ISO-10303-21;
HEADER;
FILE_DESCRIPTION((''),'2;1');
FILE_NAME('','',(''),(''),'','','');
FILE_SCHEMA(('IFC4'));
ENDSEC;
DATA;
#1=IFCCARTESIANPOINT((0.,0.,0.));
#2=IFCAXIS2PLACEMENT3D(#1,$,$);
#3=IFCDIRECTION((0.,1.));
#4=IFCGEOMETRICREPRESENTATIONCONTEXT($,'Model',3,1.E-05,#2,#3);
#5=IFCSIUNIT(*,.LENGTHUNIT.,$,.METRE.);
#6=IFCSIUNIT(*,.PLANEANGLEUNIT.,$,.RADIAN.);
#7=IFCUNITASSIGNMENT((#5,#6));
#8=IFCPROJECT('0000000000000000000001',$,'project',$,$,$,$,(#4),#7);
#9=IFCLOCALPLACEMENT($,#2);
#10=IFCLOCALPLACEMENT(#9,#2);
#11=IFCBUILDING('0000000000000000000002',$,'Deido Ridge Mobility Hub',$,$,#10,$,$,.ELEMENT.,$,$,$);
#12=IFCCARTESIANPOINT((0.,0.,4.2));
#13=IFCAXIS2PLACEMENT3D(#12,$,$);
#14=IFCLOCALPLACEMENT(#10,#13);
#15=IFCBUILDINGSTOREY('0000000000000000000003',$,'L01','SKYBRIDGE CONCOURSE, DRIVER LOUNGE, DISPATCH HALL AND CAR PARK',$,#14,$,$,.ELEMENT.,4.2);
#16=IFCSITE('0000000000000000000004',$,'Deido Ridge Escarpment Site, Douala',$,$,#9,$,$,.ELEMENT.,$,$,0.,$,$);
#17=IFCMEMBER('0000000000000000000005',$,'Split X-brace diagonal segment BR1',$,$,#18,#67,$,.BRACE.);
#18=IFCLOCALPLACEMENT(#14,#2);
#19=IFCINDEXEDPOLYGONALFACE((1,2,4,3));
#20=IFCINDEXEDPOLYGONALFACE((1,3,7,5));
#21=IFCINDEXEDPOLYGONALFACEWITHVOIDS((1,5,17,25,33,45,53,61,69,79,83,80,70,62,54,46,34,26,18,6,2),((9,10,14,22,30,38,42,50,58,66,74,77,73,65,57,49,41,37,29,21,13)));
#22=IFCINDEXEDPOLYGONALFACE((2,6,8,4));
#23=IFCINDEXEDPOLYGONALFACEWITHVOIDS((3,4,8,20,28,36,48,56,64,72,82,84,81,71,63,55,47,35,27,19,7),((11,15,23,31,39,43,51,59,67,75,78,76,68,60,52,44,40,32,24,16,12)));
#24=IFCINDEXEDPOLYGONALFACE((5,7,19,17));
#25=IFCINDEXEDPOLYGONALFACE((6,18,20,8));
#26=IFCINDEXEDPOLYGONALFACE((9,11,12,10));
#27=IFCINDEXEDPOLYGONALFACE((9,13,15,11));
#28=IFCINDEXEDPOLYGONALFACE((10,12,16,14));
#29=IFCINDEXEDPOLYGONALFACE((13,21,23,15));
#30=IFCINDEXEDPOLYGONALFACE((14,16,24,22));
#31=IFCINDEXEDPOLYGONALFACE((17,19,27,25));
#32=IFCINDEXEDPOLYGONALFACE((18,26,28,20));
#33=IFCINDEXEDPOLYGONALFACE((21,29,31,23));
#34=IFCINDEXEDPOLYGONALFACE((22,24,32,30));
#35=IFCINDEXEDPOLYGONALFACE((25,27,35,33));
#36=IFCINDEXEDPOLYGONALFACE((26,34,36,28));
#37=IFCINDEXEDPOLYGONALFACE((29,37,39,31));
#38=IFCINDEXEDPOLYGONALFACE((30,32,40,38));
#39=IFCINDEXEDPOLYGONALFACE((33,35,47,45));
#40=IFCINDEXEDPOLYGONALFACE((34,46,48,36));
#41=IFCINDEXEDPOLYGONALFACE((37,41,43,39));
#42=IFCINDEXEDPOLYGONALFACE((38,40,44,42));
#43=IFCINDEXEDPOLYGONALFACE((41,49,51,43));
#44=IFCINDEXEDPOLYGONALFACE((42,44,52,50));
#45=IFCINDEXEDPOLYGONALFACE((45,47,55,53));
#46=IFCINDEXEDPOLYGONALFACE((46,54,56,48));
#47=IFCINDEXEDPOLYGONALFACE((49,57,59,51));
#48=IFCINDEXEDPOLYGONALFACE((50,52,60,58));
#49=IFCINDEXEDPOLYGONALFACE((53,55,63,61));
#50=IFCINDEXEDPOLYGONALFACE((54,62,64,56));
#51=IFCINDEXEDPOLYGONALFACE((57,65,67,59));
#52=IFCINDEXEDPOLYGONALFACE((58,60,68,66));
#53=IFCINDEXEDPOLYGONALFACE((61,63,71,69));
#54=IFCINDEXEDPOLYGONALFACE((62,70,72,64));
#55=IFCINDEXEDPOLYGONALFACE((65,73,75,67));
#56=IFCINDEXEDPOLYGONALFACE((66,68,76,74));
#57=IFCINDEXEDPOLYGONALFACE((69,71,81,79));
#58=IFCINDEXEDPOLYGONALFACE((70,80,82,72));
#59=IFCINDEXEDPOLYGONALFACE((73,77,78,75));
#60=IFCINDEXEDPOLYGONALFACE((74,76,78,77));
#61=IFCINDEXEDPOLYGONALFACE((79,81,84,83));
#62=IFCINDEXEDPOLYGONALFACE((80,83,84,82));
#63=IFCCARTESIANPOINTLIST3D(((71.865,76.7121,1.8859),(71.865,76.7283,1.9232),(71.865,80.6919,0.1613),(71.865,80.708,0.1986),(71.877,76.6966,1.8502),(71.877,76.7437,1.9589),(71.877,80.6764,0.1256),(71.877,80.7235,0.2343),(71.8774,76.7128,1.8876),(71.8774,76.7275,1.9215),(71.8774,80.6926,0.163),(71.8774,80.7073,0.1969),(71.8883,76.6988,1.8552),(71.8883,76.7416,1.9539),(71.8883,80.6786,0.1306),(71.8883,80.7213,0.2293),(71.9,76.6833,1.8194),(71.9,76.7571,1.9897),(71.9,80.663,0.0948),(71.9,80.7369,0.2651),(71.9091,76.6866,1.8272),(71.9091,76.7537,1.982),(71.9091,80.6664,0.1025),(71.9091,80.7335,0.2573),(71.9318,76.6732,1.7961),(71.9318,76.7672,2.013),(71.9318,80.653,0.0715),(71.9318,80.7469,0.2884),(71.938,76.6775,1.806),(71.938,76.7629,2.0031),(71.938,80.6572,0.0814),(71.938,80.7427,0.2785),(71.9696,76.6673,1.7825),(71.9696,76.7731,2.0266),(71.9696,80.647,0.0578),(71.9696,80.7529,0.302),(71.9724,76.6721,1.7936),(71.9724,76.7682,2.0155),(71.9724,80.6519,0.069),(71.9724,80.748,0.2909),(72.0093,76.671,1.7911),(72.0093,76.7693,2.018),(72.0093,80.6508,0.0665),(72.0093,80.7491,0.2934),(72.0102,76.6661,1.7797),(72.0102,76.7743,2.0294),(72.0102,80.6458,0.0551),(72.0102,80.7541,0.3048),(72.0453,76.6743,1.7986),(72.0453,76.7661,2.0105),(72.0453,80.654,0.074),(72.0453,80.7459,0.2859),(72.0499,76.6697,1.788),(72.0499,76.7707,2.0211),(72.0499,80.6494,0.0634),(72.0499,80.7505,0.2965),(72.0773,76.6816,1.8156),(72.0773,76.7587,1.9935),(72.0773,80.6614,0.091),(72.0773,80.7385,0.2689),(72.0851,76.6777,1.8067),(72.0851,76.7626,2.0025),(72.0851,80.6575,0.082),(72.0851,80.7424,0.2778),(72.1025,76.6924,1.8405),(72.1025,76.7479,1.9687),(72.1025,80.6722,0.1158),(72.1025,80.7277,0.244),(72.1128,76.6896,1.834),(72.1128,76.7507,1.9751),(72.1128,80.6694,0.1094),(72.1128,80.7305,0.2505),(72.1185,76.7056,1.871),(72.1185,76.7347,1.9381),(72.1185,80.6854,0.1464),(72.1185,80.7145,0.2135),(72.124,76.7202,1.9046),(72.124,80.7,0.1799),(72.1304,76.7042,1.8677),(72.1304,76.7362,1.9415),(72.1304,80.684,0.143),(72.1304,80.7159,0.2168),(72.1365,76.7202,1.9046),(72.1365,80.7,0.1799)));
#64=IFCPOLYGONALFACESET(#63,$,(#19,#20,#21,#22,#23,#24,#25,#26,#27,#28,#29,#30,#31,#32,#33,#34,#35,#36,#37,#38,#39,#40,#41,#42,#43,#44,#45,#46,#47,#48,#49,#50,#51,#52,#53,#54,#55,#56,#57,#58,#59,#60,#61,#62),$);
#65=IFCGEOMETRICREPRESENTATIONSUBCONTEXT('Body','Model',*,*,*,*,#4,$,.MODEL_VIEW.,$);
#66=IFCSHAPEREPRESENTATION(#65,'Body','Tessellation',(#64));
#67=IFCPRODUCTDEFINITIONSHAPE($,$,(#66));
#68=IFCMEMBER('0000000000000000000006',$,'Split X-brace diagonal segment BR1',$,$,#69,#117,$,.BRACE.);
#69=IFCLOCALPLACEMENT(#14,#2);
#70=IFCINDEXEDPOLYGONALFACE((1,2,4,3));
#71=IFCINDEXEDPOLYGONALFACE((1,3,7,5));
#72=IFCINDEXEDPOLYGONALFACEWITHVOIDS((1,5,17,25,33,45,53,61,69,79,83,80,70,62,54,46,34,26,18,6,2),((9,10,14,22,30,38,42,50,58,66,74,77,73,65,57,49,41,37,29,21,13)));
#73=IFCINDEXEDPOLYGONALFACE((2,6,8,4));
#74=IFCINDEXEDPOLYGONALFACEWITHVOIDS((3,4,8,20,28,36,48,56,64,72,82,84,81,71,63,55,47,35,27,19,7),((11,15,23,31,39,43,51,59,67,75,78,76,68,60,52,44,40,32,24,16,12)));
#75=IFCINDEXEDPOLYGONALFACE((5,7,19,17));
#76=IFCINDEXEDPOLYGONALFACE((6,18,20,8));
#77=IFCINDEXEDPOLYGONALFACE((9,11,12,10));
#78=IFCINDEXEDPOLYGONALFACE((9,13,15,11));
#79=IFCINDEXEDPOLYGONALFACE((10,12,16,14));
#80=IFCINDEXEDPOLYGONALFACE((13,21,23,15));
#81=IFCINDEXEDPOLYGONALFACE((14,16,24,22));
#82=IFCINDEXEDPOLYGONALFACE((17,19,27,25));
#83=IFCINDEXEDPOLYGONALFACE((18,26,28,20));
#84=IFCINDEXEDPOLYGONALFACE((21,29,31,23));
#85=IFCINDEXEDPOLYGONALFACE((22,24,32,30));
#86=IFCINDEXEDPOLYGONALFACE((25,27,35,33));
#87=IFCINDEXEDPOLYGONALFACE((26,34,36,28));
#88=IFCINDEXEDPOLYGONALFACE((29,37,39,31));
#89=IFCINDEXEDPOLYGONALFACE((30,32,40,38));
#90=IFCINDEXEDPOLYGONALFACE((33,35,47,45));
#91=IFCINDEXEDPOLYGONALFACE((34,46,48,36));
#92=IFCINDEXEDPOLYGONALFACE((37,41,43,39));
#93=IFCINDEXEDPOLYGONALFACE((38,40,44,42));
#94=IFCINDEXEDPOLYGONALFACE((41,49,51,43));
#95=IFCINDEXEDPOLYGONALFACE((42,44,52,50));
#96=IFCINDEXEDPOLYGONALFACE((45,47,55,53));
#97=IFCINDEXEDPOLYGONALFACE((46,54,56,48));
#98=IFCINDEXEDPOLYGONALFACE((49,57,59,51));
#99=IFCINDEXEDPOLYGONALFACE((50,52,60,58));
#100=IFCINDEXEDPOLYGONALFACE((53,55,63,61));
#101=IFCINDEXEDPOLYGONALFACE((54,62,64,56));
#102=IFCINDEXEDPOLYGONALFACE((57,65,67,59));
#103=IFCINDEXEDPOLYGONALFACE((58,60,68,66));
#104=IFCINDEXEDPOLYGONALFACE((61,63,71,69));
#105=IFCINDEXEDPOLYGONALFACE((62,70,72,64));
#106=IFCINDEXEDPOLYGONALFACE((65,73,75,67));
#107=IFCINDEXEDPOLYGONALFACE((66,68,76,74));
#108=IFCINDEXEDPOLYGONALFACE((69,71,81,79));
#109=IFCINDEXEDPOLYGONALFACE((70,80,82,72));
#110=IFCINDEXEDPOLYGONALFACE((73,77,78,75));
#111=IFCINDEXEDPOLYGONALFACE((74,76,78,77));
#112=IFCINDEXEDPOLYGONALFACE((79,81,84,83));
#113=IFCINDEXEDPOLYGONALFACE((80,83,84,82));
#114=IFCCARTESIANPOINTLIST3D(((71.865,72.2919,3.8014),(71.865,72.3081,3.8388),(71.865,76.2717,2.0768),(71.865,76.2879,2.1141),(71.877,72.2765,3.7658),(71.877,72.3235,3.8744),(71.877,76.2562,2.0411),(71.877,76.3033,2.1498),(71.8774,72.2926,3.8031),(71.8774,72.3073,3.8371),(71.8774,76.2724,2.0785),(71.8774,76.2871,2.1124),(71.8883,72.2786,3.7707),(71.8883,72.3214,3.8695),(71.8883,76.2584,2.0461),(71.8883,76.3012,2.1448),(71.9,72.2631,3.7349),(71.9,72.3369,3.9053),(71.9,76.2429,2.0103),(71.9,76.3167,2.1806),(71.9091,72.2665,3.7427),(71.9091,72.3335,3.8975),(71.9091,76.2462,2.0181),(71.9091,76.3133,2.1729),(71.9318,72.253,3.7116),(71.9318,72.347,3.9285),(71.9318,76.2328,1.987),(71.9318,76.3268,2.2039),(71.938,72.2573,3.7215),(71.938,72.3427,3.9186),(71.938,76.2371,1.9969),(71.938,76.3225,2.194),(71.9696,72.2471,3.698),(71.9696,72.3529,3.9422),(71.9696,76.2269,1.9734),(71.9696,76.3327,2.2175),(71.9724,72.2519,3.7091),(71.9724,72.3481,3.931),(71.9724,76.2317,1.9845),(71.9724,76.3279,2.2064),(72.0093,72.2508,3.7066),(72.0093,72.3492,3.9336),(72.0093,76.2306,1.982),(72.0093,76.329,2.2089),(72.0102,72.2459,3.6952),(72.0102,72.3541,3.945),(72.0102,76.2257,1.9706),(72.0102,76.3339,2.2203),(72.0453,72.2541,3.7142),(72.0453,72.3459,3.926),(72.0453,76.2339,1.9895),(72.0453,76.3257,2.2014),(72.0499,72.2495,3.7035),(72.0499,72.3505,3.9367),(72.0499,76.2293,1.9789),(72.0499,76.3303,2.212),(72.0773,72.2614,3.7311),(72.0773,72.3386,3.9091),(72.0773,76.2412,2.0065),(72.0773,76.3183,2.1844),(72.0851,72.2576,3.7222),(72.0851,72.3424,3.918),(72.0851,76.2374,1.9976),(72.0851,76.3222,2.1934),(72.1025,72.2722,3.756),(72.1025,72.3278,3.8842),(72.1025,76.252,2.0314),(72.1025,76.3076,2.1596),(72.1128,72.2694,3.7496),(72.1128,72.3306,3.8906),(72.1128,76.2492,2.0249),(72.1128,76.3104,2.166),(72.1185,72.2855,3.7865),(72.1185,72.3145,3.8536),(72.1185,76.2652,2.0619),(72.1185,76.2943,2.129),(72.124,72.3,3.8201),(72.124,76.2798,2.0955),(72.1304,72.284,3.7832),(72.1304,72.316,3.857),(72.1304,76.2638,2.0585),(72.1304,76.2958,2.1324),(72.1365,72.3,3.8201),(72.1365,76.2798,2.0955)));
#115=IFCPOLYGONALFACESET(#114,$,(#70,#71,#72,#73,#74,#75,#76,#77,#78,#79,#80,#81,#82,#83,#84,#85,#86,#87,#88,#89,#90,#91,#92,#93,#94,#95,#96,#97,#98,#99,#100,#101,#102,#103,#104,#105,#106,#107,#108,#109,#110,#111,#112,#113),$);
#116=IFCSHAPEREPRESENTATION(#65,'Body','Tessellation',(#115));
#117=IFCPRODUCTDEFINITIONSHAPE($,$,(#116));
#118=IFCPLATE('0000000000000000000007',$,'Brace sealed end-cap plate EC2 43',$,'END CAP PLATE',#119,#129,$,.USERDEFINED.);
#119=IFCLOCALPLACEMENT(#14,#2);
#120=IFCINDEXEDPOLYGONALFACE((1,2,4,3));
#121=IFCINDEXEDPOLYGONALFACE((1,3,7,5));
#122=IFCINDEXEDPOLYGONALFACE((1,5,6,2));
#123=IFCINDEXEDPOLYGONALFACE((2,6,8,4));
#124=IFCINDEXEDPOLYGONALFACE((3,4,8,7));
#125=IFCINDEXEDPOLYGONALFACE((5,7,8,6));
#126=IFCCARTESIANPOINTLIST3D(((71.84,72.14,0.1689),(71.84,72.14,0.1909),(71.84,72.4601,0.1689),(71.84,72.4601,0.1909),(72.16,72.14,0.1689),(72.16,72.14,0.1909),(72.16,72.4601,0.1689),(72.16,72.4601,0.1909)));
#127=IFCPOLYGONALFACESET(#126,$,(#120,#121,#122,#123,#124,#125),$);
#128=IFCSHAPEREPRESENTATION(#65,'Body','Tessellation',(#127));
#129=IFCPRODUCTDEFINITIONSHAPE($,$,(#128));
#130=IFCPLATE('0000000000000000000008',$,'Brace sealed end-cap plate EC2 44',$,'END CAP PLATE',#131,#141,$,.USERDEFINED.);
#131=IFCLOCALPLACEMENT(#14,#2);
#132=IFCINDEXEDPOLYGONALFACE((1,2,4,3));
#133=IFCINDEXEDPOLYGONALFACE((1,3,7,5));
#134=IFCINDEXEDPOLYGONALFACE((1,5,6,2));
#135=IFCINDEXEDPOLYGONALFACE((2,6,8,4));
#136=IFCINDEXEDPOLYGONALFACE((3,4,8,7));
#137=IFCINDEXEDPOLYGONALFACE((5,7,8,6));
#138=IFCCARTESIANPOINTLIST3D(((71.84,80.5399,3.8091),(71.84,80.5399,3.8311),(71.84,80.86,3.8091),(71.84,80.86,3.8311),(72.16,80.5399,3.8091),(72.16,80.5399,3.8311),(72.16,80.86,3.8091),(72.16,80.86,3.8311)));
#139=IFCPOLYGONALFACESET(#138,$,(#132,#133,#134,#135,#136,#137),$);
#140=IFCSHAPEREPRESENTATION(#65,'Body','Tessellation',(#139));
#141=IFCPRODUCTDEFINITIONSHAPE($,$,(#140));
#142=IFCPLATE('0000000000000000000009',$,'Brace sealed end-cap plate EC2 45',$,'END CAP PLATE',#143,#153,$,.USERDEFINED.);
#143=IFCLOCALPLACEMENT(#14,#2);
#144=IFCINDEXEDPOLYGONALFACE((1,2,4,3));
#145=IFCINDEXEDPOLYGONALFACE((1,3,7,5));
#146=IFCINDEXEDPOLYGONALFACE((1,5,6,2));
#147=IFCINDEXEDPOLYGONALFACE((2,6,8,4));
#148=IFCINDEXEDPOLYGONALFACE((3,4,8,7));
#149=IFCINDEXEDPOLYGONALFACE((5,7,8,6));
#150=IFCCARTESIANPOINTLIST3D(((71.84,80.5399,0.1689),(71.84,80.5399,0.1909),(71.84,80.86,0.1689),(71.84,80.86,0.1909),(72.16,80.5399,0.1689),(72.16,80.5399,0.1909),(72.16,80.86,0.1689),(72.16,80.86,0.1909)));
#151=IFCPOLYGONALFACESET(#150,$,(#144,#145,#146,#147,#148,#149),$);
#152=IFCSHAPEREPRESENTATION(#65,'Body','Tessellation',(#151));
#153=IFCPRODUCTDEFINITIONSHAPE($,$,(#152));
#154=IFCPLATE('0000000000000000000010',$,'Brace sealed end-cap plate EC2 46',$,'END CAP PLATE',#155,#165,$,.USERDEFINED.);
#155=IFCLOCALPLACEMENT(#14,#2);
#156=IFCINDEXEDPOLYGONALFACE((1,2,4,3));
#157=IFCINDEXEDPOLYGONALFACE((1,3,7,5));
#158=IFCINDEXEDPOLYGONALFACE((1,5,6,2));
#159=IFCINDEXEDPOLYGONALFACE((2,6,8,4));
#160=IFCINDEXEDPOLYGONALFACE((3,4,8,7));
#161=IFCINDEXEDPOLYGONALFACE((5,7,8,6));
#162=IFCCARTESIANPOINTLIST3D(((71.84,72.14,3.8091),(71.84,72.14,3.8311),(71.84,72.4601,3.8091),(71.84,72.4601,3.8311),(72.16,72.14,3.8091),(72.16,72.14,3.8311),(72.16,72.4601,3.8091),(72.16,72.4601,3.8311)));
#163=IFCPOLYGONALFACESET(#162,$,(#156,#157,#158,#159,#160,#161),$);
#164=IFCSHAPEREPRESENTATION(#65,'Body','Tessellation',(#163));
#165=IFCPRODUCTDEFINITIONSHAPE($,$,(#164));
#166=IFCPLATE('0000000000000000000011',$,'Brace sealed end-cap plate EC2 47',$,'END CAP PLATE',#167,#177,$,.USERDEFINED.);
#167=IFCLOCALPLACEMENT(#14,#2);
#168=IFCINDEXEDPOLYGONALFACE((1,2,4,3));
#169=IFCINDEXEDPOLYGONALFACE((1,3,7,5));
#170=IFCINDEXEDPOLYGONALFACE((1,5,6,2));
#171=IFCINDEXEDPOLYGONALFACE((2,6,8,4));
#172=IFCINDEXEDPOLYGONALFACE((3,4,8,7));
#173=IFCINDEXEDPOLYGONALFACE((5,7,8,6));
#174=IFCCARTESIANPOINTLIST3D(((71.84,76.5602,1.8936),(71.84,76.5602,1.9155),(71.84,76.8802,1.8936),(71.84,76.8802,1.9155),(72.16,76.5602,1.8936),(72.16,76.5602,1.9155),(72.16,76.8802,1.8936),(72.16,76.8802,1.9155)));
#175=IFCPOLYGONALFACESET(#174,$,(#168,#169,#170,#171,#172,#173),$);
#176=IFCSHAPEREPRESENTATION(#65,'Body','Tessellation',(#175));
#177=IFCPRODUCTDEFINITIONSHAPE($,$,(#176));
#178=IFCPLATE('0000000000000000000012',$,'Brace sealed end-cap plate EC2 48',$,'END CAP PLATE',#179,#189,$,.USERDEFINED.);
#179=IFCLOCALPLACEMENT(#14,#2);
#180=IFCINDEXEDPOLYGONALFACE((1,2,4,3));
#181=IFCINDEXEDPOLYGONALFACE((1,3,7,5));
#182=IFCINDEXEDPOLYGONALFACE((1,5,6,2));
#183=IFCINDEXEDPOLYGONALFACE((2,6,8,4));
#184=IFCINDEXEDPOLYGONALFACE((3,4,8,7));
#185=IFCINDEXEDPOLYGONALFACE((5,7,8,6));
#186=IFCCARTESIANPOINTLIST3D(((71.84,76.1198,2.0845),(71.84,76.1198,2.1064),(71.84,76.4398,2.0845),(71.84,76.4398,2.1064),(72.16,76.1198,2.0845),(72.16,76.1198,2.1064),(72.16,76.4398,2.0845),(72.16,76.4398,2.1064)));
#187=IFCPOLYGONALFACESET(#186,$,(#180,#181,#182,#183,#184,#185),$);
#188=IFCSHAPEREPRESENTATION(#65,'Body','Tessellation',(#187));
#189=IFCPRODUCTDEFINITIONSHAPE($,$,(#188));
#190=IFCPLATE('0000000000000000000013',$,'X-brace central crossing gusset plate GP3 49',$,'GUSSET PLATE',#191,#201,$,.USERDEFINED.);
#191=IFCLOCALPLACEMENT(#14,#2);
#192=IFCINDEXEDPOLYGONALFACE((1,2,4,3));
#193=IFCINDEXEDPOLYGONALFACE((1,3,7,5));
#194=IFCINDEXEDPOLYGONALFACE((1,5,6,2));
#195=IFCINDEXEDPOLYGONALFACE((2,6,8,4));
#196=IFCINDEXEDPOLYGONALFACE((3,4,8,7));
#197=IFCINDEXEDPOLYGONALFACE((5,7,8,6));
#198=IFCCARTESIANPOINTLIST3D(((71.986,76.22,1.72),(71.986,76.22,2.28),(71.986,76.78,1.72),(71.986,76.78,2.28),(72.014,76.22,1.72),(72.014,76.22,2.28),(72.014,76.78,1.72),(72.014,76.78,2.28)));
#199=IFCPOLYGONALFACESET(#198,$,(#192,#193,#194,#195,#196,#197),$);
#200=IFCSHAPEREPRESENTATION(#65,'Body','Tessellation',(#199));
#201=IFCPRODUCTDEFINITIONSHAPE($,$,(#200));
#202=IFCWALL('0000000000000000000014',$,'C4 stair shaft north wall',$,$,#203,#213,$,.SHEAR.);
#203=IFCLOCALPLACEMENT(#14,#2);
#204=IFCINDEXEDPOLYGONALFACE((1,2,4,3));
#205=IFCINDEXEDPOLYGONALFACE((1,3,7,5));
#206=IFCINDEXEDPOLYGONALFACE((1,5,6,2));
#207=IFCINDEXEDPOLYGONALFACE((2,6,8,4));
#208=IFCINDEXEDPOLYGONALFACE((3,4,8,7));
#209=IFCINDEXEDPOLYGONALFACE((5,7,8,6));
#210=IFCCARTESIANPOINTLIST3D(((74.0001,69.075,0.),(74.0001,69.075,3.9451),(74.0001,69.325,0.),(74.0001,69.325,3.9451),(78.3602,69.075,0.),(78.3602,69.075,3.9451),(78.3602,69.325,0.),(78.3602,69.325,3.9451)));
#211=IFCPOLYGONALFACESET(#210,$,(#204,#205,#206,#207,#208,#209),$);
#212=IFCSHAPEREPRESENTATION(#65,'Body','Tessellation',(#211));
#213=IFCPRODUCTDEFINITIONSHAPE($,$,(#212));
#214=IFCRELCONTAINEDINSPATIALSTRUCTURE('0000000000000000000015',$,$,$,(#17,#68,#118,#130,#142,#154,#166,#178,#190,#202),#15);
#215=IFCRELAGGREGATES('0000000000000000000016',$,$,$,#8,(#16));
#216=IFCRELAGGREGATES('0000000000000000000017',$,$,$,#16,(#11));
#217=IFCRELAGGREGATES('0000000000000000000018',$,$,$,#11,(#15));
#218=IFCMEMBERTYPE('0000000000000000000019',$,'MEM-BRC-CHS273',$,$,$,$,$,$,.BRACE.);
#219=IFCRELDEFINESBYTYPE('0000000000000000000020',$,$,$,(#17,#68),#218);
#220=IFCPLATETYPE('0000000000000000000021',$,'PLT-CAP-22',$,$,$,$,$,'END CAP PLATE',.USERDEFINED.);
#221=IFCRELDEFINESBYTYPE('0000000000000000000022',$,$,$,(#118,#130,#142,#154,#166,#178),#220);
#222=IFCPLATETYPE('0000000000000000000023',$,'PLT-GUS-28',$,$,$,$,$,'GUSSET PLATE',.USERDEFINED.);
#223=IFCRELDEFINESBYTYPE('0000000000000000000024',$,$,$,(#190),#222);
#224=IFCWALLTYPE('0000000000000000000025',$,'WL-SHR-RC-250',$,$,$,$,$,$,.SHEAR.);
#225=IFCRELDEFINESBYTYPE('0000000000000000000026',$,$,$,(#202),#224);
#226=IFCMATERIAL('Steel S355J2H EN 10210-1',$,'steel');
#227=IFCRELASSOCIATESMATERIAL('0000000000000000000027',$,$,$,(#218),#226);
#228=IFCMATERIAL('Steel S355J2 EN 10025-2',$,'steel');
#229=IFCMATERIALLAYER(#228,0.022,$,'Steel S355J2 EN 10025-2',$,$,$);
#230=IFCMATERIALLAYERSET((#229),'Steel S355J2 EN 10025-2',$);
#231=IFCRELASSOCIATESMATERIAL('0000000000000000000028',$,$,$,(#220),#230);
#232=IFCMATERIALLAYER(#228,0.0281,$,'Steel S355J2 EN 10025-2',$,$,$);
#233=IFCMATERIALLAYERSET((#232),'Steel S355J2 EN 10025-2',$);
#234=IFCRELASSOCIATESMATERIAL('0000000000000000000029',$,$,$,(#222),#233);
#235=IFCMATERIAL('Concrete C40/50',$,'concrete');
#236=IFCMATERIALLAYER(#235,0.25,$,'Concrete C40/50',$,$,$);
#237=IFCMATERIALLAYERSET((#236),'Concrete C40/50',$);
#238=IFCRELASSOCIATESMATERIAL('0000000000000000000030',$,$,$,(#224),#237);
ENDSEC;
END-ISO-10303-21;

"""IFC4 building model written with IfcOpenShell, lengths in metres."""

from ifc_helpers import new_model, si_unit, direction, frame, frame_2d, origin, origin_2d, place, context, subcontext, project, spatial, rectangle, hollow_circle, extrude, material, layer, layer_set, material_profile, profile_set, type_object, element, save


model = new_model("IFC4")

# Units and contexts
model_context = context("Model", 3, precision=1e-05, world=origin(), true_north=direction((0.0, 1.0)))
body_context = subcontext(model_context, "Body", "Model", "MODEL_VIEW")
ifc_project = project(units=[si_unit("LENGTHUNIT", "METRE"), si_unit("PLANEANGLEUNIT", "RADIAN")], contexts=[model_context])

# Site, building, storey
site_placement = place(None, origin())
site = spatial("IfcSite", under=ifc_project, at=site_placement, Name="Deido Ridge Escarpment Site, Douala", CompositionType="ELEMENT", RefElevation=0.0)
building_placement = place(site_placement, origin())
building = spatial("IfcBuilding", under=site, at=building_placement, Name="Deido Ridge Mobility Hub", CompositionType="ELEMENT")
storey_placement = place(building_placement, frame((0.0, 0.0, 4.2)))
storey = spatial("IfcBuildingStorey", under=building, at=storey_placement, Name="L01", Description="SKYBRIDGE CONCOURSE, DRIVER LOUNGE, DISPATCH HALL AND CAR PARK", CompositionType="ELEMENT", Elevation=4.2)

# Shared definitions
ifc_material_1 = material(Name="Steel S355J2 EN 10025-2", Category="steel")

# Members
ifc_material_2 = material(Name="Steel S355J2H EN 10210-1", Category="steel")
ifc_material_profile_1 = material_profile(ifc_material_2, hollow_circle(Radius=0.1365, WallThickness=0.0125, at=origin_2d()), Name="CHS 273x12.5")
ifc_profile_set_1 = profile_set([ifc_material_profile_1], Name="Steel S355J2H EN 10210-1")
member_type = type_object("IfcMemberType", Name="MEM-BRC-CHS273", PredefinedType="BRACE", material=ifc_profile_set_1)
for number, where, z_axis, x_axis, name in (
    (1, (72.0, 80.7, 0.1799), (0.0, -0.917551, 0.397618), (1.0, 0.0, 0.0), "Split X-brace diagonal segment BR1"),
    (2, (72.0, 76.2798, 2.0955), (0.0, -0.917551, 0.397618), (1.0, 0.0, 0.0), "Split X-brace diagonal segment BR1"),
):
    element("IfcMember", number, at=place(storey_placement, frame(where, z_axis=z_axis, x_axis=x_axis)), inside=storey, type_object=member_type, Name=name, PredefinedType="BRACE", context=body_context, shape_type="SweptSolid", body=[
        extrude(hollow_circle(Radius=0.1365, WallThickness=0.0125, at=origin_2d()), origin(), (0.0, 0.0, 1.0), 4.3374),
    ])

# Plates
ifc_layer_1 = layer(ifc_material_1, 0.022, Name="Steel S355J2 EN 10025-2")
ifc_layer_set_1 = layer_set([ifc_layer_1], Name="Steel S355J2 EN 10025-2")
plate_type_1 = type_object("IfcPlateType", Name="PLT-CAP-22", ElementType="END CAP PLATE", PredefinedType="USERDEFINED", material=ifc_layer_set_1)
for number, where, z_axis, x_axis, name in (
    (3, (72.0, 72.3, 0.1689), (0.0, 0.0, 1.0), (1.0, 0.0, 0.0), "Brace sealed end-cap plate EC2 43"),
    (4, (72.0, 80.7, 3.8091), (0.0, 0.0, 1.0), (1.0, 0.0, 0.0), "Brace sealed end-cap plate EC2 44"),
    (5, (72.0, 80.7, 0.1689), (0.0, 0.0, 1.0), (1.0, 0.0, 0.0), "Brace sealed end-cap plate EC2 45"),
    (6, (72.0, 72.3, 3.8091), (0.0, 0.0, 1.0), (1.0, 0.0, 0.0), "Brace sealed end-cap plate EC2 46"),
    (7, (72.0, 76.7202, 1.8936), (0.0, 0.0, 1.0), (1.0, 0.0, 0.0), "Brace sealed end-cap plate EC2 47"),
    (8, (72.0, 76.2798, 2.0845), (0.0, 0.0, 1.0), (1.0, 0.0, 0.0), "Brace sealed end-cap plate EC2 48"),
):
    element("IfcPlate", number, at=place(storey_placement, frame(where, z_axis=z_axis, x_axis=x_axis)), inside=storey, type_object=plate_type_1, Name=name, ObjectType="END CAP PLATE", PredefinedType="USERDEFINED", context=body_context, shape_type="SweptSolid", body=[
        extrude(rectangle(XDim=0.3201, YDim=0.3201, at=origin_2d()), origin(), (0.0, 0.0, 1.0), 0.022),
    ])
ifc_layer_2 = layer(ifc_material_1, 0.0281, Name="Steel S355J2 EN 10025-2")
ifc_layer_set_2 = layer_set([ifc_layer_2], Name="Steel S355J2 EN 10025-2")
plate_type_2 = type_object("IfcPlateType", Name="PLT-GUS-28", ElementType="GUSSET PLATE", PredefinedType="USERDEFINED", material=ifc_layer_set_2)
plate_placement = place(storey_placement, frame((72.0, 76.5, 1.72), z_axis=(0.0, 0.0, 1.0), x_axis=(0.0, 1.0, 0.0)))
element("IfcPlate", 9, at=plate_placement, inside=storey, type_object=plate_type_2, Name="X-brace central crossing gusset plate GP3 49", ObjectType="GUSSET PLATE", PredefinedType="USERDEFINED", context=body_context, shape_type="SweptSolid", body=[
    extrude(rectangle(XDim=0.5601, YDim=0.0281, at=origin_2d()), origin(), (0.0, 0.0, 1.0), 0.5601),
])

# Wall
ifc_material_3 = material(Name="Concrete C40/50", Category="concrete")
ifc_layer_3 = layer(ifc_material_3, 0.25, Name="Concrete C40/50")
ifc_layer_set_3 = layer_set([ifc_layer_3], Name="Concrete C40/50")
wall_type_1 = type_object("IfcWallType", Name="WL-SHR-RC-250", PredefinedType="SHEAR", material=ifc_layer_set_3)
wall_1_placement = place(storey_placement, frame((74.0, 69.2, 0.0), z_axis=(0.0, 0.0, 1.0), x_axis=(1.0, 0.0, 0.0)))
element("IfcWall", 10, at=wall_1_placement, inside=storey, type_object=wall_type_1, Name="C4 stair shaft north wall", PredefinedType="SHEAR", context=body_context, shape_type="SweptSolid", body=[
    extrude(rectangle(XDim=4.3601, YDim=0.25, at=frame_2d((2.1802, 0.0))), origin(), (0.0, 0.0, 1.0), 3.9451),
])

save(model, "model.ifc")
